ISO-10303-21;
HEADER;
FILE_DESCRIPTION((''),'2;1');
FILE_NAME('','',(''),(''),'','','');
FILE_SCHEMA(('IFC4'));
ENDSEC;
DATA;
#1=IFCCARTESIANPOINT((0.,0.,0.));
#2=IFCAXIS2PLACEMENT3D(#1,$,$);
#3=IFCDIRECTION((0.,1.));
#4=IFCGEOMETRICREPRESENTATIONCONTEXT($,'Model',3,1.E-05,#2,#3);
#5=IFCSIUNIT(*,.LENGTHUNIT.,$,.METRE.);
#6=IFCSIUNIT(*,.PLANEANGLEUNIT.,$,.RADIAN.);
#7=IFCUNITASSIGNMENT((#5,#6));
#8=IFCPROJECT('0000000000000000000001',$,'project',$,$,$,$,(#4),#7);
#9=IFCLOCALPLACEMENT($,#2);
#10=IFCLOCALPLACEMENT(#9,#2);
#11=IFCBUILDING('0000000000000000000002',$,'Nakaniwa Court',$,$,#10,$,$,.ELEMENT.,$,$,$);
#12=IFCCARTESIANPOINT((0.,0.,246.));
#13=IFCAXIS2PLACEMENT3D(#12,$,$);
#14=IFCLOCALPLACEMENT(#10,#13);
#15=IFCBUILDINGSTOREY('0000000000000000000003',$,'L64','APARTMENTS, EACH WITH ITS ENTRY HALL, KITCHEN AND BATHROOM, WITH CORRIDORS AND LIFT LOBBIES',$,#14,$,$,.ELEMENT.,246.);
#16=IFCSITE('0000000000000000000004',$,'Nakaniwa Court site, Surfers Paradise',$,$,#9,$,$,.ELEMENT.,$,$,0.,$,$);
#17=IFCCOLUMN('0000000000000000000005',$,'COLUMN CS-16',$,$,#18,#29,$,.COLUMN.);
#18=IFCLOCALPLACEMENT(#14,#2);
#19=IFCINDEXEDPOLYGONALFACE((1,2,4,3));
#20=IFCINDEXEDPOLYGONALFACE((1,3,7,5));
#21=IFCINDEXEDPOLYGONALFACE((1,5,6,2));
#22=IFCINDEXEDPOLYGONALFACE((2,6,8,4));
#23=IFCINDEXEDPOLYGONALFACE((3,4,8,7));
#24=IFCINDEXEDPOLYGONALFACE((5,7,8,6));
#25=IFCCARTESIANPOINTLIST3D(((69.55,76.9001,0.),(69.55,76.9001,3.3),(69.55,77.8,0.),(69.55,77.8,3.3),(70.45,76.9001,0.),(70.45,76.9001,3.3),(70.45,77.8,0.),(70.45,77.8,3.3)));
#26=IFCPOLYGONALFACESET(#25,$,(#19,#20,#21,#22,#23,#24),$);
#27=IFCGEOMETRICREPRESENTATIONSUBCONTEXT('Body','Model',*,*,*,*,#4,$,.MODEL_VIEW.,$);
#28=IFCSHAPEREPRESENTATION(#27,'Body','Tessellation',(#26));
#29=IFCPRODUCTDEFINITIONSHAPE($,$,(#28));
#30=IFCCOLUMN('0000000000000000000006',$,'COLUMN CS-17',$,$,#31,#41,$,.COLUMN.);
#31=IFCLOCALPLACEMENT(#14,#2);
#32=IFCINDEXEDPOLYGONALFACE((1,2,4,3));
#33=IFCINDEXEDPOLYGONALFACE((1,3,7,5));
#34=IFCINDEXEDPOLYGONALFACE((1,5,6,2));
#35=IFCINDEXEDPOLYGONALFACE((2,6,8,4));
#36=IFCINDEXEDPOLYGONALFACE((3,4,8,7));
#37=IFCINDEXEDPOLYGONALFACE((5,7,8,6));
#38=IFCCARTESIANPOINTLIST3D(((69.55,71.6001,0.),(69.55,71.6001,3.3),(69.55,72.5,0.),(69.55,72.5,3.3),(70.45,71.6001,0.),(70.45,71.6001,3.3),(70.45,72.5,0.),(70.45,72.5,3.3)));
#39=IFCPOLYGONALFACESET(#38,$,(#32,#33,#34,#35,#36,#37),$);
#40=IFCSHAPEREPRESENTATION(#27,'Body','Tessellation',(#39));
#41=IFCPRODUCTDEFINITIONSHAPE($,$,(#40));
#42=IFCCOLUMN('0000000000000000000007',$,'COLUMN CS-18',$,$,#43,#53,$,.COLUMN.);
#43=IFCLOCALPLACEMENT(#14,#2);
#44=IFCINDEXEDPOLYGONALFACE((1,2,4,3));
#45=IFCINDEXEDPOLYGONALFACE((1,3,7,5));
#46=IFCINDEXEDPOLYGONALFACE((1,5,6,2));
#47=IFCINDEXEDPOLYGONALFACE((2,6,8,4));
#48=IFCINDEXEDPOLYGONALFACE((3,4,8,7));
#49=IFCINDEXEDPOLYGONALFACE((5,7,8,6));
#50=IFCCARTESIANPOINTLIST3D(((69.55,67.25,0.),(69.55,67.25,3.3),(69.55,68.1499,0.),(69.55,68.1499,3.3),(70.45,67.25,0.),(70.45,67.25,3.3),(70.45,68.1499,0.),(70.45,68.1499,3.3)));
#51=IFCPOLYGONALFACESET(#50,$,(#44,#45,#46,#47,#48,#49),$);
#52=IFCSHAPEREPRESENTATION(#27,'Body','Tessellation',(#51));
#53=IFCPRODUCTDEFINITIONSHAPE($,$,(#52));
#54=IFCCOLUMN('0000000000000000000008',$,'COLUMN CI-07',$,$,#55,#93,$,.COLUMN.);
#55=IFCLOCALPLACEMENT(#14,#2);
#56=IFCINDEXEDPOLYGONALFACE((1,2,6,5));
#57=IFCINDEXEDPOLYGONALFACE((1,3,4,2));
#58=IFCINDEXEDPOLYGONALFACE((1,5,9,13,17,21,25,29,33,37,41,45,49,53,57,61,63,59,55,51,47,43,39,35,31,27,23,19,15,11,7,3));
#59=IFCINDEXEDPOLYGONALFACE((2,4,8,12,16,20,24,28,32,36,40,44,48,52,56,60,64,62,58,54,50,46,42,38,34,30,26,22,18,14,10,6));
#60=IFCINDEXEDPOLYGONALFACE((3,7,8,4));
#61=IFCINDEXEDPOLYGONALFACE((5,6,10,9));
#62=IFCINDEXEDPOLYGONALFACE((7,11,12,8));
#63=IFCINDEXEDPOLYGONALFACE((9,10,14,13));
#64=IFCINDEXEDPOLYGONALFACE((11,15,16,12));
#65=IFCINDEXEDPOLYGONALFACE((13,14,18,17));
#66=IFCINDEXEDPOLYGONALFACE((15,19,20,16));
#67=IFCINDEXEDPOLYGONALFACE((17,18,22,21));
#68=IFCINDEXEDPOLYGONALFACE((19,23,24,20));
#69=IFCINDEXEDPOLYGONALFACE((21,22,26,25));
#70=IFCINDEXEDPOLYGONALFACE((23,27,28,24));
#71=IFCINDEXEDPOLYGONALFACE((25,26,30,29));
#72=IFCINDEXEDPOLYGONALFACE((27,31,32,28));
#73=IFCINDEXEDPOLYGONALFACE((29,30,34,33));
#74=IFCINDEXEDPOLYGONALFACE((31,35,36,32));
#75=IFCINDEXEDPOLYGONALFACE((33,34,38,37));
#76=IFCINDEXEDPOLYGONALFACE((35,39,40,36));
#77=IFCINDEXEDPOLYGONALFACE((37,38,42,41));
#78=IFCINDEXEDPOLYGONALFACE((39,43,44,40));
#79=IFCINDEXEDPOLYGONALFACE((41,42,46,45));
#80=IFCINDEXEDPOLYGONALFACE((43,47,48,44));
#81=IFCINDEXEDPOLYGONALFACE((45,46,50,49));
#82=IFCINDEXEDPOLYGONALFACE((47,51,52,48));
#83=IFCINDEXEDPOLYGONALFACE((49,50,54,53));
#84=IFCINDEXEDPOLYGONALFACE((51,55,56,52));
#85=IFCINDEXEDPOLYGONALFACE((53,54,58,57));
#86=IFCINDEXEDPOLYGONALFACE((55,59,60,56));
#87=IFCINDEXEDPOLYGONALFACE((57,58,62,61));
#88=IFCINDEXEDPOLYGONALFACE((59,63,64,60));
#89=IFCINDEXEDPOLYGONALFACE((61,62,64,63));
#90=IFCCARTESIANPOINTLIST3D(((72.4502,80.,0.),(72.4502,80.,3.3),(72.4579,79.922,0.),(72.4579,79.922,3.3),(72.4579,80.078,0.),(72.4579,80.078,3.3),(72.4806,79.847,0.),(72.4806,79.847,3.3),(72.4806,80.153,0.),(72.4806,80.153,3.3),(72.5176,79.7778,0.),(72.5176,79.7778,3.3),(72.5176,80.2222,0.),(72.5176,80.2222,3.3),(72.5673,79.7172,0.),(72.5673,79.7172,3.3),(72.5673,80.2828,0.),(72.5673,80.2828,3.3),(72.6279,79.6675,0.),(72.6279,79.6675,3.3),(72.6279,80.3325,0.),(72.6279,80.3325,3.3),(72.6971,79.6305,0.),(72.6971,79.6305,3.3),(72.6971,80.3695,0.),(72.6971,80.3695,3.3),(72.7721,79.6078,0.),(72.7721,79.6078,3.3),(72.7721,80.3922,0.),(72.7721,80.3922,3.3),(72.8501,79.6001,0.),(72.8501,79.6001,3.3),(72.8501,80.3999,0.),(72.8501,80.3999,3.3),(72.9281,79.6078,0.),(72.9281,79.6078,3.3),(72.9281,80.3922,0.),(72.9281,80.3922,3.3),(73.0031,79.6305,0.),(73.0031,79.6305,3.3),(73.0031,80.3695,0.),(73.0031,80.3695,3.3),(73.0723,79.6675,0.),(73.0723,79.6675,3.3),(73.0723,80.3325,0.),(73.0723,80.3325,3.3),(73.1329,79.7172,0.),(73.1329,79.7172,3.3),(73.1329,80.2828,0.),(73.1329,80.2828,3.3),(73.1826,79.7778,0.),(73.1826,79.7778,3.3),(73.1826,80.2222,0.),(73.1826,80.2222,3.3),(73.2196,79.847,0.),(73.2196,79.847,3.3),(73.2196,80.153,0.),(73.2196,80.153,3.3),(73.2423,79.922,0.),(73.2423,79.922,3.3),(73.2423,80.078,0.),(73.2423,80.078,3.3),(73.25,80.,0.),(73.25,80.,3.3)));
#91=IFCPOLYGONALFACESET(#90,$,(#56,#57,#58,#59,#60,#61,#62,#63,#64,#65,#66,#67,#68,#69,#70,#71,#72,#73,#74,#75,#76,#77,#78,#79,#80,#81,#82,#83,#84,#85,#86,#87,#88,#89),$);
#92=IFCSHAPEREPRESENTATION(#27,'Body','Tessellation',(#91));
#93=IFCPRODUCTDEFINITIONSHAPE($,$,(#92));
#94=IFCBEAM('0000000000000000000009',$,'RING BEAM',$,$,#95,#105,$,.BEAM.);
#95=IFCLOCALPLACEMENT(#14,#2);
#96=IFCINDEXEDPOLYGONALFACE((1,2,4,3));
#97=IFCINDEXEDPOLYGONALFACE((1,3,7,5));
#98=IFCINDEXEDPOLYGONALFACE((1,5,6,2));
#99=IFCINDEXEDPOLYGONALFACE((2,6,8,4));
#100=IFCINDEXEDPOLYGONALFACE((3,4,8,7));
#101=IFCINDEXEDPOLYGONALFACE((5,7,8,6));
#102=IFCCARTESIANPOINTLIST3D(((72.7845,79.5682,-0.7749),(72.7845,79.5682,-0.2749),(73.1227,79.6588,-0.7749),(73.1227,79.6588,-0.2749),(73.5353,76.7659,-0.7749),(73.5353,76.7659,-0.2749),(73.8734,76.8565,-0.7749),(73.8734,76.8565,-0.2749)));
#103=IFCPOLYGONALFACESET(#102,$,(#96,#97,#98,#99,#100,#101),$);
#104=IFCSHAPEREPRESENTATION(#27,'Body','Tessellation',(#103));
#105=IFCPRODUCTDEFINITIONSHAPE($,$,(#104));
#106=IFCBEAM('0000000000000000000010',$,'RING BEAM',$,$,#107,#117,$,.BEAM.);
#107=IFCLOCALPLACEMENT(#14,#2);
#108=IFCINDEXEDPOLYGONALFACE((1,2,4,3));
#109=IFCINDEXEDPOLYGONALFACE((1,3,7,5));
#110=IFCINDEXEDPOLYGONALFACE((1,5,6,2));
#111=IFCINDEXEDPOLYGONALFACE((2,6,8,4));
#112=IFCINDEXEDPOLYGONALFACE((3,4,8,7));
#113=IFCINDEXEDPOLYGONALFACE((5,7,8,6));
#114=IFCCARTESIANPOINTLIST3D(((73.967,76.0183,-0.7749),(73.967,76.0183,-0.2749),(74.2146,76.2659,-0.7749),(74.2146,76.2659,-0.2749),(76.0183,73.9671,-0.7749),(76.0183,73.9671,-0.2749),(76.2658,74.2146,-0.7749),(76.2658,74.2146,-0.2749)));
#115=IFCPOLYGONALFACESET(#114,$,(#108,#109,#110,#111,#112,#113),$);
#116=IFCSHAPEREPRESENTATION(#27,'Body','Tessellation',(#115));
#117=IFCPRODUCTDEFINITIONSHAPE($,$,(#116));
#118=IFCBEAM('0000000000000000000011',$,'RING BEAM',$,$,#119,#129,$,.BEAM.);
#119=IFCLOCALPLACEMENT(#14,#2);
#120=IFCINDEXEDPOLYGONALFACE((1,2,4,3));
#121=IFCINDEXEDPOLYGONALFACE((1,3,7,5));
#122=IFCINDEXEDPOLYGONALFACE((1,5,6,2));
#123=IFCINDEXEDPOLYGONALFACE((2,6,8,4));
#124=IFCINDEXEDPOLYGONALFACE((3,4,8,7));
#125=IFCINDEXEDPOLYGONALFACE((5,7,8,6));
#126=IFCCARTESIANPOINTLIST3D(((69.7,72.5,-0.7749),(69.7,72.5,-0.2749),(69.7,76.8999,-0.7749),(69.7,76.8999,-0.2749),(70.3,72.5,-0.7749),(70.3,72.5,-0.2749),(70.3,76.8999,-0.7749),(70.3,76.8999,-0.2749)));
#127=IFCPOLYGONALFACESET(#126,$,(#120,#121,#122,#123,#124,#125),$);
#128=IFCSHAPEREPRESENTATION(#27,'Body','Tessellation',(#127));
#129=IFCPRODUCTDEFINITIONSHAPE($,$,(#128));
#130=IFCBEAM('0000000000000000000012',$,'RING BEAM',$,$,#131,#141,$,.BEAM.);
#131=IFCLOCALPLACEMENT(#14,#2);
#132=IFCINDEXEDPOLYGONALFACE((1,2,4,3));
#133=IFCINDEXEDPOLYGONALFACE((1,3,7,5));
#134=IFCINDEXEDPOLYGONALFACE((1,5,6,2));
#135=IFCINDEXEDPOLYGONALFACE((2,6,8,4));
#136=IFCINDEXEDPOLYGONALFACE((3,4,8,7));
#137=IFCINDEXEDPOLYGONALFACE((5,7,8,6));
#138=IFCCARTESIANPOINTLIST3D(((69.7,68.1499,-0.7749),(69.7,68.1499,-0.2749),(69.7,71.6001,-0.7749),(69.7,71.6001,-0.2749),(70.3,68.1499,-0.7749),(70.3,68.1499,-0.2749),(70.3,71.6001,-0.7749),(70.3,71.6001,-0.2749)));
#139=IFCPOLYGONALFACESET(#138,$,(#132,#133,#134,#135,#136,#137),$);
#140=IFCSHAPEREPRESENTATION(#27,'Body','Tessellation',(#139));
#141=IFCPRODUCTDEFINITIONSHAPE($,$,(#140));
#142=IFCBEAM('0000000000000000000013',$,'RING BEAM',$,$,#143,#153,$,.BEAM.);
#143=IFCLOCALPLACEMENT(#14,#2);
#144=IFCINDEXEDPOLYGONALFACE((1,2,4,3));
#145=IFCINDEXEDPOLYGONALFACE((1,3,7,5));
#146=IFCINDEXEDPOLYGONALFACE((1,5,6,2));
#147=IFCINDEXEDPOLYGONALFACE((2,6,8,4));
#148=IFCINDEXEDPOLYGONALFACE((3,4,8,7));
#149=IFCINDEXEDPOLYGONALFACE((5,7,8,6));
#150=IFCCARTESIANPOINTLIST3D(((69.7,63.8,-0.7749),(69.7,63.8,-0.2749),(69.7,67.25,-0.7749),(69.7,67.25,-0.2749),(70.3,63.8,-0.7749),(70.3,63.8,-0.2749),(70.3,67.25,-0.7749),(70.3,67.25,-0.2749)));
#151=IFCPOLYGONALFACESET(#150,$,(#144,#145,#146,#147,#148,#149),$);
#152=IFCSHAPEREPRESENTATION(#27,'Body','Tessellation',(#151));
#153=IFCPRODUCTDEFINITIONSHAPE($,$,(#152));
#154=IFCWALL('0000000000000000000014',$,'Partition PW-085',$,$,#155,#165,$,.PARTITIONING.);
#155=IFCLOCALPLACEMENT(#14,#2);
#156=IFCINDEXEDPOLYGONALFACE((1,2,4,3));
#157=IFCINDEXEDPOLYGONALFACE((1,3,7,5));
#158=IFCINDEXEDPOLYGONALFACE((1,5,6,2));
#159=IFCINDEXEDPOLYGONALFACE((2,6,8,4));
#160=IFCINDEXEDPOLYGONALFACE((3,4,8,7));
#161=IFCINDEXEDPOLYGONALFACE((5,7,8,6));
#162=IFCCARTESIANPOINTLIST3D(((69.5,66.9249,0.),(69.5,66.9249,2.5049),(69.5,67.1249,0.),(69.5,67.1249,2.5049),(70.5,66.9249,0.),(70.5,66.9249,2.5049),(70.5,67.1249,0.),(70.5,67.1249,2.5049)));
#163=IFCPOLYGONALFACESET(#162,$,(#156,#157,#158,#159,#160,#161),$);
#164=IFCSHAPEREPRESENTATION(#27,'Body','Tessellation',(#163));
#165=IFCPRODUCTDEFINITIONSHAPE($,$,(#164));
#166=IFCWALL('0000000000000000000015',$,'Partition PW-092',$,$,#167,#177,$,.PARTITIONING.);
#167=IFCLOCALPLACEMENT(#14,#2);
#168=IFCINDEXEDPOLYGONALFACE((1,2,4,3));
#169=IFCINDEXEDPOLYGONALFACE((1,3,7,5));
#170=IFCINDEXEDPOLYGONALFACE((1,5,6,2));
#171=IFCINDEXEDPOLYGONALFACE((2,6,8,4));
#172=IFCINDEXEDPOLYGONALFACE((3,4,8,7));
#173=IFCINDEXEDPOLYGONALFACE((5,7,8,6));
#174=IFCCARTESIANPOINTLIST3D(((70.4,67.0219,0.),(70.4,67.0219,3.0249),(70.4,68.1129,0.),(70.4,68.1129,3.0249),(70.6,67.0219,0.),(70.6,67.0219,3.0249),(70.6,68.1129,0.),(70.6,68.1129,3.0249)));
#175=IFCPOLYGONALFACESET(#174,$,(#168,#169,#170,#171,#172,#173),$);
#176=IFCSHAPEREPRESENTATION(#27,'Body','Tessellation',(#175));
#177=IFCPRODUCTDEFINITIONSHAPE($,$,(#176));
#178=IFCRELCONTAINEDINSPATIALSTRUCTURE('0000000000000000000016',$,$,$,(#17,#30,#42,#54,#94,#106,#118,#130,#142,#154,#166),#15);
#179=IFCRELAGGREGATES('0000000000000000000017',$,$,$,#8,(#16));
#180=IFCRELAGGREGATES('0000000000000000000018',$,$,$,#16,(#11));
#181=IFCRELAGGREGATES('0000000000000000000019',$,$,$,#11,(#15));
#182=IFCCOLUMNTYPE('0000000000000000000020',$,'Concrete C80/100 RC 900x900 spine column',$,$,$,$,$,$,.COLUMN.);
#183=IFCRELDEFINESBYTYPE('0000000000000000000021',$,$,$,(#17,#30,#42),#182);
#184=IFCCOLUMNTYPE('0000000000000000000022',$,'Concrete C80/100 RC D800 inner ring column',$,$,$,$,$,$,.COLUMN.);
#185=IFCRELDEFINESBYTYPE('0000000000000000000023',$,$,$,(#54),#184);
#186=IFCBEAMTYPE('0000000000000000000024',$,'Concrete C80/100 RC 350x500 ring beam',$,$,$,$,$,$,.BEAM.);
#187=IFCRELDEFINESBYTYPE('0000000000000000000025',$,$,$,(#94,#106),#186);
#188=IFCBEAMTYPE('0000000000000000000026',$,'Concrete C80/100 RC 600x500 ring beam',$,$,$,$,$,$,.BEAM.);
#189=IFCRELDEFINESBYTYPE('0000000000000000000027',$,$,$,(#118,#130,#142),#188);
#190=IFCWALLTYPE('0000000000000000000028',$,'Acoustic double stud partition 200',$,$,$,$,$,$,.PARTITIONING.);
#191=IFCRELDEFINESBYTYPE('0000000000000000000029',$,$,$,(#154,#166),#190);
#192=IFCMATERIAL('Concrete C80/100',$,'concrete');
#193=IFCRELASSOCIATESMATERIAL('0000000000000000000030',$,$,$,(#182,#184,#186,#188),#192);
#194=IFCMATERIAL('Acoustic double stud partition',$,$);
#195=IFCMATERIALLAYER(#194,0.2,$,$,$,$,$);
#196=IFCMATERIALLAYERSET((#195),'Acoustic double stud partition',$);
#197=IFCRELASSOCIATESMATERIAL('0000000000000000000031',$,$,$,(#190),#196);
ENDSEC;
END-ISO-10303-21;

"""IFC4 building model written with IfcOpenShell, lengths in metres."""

from ifc_helpers import new_model, si_unit, direction, frame, frame_2d, origin, origin_2d, place, context, subcontext, project, spatial, rectangle, circle, extrude, material, layer, layer_set, material_profile, profile_set, type_object, element, save


model = new_model("IFC4")

# Units and contexts
model_context = context("Model", 3, precision=1e-05, world=origin(), true_north=direction((0.0, 1.0)))
body_context = subcontext(model_context, "Body", "Model", "MODEL_VIEW")
ifc_project = project(units=[si_unit("LENGTHUNIT", "METRE"), si_unit("PLANEANGLEUNIT", "RADIAN")], contexts=[model_context])

# Site, building, storey
site_placement = place(None, origin())
site = spatial("IfcSite", under=ifc_project, at=site_placement, Name="Nakaniwa Court site, Surfers Paradise", CompositionType="ELEMENT", RefElevation=0.0)
building_placement = place(site_placement, origin())
building = spatial("IfcBuilding", under=site, at=building_placement, Name="Nakaniwa Court", CompositionType="ELEMENT")
storey_placement = place(building_placement, frame((0.0, 0.0, 246.0)))
storey = spatial("IfcBuildingStorey", under=building, at=storey_placement, Name="L64", Description="APARTMENTS, EACH WITH ITS ENTRY HALL, KITCHEN AND BATHROOM, WITH CORRIDORS AND LIFT LOBBIES", CompositionType="ELEMENT", Elevation=246.0)

# Columns
ifc_material_1 = material(Name="Concrete C80/100", Category="concrete")
ifc_material_profile_1 = material_profile(ifc_material_1, rectangle(XDim=0.8999, YDim=0.8999, at=origin_2d()), Name="Concrete C80/100 RC 900x900 spine column")
ifc_profile_set_1 = profile_set([ifc_material_profile_1], Name="Concrete C80/100")
column_type_1 = type_object("IfcColumnType", Name="Concrete C80/100 RC 900x900 spine column", PredefinedType="COLUMN", material=ifc_profile_set_1)
for number, where, z_axis, x_axis, name in (
    (1, (70.0, 77.3501, 0.0), (0.0, 0.0, 1.0), (0.0, -1.0, 0.0), "COLUMN CS-16"),
    (2, (70.0, 72.05, 0.0), (0.0, 0.0, 1.0), (0.0, -1.0, 0.0), "COLUMN CS-17"),
    (3, (70.0, 67.7, 0.0), (0.0, 0.0, 1.0), (0.0, -1.0, 0.0), "COLUMN CS-18"),
):
    element("IfcColumn", number, at=place(storey_placement, frame(where, z_axis=z_axis, x_axis=x_axis)), inside=storey, type_object=column_type_1, Name=name, PredefinedType="COLUMN", context=body_context, shape_type="SweptSolid", body=[
        extrude(rectangle(XDim=0.8999, YDim=0.8999, at=origin_2d()), origin(), (0.0, 0.0, 1.0), 3.3),
    ])
ifc_material_profile_2 = material_profile(ifc_material_1, circle(Radius=0.3999, at=origin_2d()), Name="Concrete C80/100 RC D800 inner ring column")
ifc_profile_set_2 = profile_set([ifc_material_profile_2], Name="Concrete C80/100")
column_type_2 = type_object("IfcColumnType", Name="Concrete C80/100 RC D800 inner ring column", PredefinedType="COLUMN", material=ifc_profile_set_2)
for number, where, z_axis, x_axis, name in (
    (4, (72.8501, 80.0, 0.0), (0.0, 0.0, 1.0), (0.0, -1.0, 0.0), "COLUMN CI-07"),
):
    element("IfcColumn", number, at=place(storey_placement, frame(where, z_axis=z_axis, x_axis=x_axis)), inside=storey, type_object=column_type_2, Name=name, PredefinedType="COLUMN", context=body_context, shape_type="SweptSolid", body=[
        extrude(circle(Radius=0.3999, at=origin_2d()), origin(), (0.0, 0.0, 1.0), 3.3),
    ])

# Beams
ifc_material_profile_3 = material_profile(ifc_material_1, rectangle(XDim=0.3501, YDim=0.5, at=origin_2d()), Name="Concrete C80/100 RC 350x500 ring beam")
ifc_profile_set_3 = profile_set([ifc_material_profile_3], Name="Concrete C80/100")
beam_type_1 = type_object("IfcBeamType", Name="Concrete C80/100 RC 350x500 ring beam", PredefinedType="BEAM", material=ifc_profile_set_3)
beam_1_placement = place(storey_placement, frame((72.9536, 79.6135, -0.5249), z_axis=(0.258778, -0.965937, 0.0), x_axis=(0.965937, 0.258778, 0.0)))
element("IfcBeam", 5, at=beam_1_placement, inside=storey, type_object=beam_type_1, Name="RING BEAM", PredefinedType="BEAM", context=body_context, shape_type="SweptSolid", body=[
    extrude(rectangle(XDim=0.3501, YDim=0.5, at=origin_2d()), origin(), (0.0, 0.0, 1.0), 2.9011),
])
beam_2_placement = place(storey_placement, frame((74.0908, 76.1421, -0.5249), z_axis=(0.707107, -0.707107, 0.0), x_axis=(0.707107, 0.707107, 0.0)))
element("IfcBeam", 6, at=beam_2_placement, inside=storey, type_object=beam_type_1, Name="RING BEAM", PredefinedType="BEAM", context=body_context, shape_type="SweptSolid", body=[
    extrude(rectangle(XDim=0.3501, YDim=0.5, at=origin_2d()), origin(), (0.0, 0.0, 1.0), 2.9009),
])
ifc_material_profile_4 = material_profile(ifc_material_1, rectangle(XDim=0.6001, YDim=0.5, at=origin_2d()), Name="Concrete C80/100 RC 600x500 ring beam")
ifc_profile_set_4 = profile_set([ifc_material_profile_4], Name="Concrete C80/100")
beam_type_2 = type_object("IfcBeamType", Name="Concrete C80/100 RC 600x500 ring beam", PredefinedType="BEAM", material=ifc_profile_set_4)
beam_3_placement = place(storey_placement, frame((70.0, 76.8999, -0.5249), z_axis=(0.0, -1.0, 0.0), x_axis=(1.0, 0.0, 0.0)))
element("IfcBeam", 7, at=beam_3_placement, inside=storey, type_object=beam_type_2, Name="RING BEAM", PredefinedType="BEAM", context=body_context, shape_type="SweptSolid", body=[
    extrude(rectangle(XDim=0.6001, YDim=0.5, at=origin_2d()), origin(), (0.0, 0.0, 1.0), 4.3999),
])
beam_4_placement = place(storey_placement, frame((70.0, 71.6001, -0.5249), z_axis=(0.0, -1.0, 0.0), x_axis=(1.0, 0.0, 0.0)))
element("IfcBeam", 8, at=beam_4_placement, inside=storey, type_object=beam_type_2, Name="RING BEAM", PredefinedType="BEAM", context=body_context, shape_type="SweptSolid", body=[
    extrude(rectangle(XDim=0.6001, YDim=0.5, at=origin_2d()), origin(), (0.0, 0.0, 1.0), 3.4502),
])
beam_5_placement = place(storey_placement, frame((70.0, 67.25, -0.5249), z_axis=(0.0, -1.0, 0.0), x_axis=(1.0, 0.0, 0.0)))
element("IfcBeam", 9, at=beam_5_placement, inside=storey, type_object=beam_type_2, Name="RING BEAM", PredefinedType="BEAM", context=body_context, shape_type="SweptSolid", body=[
    extrude(rectangle(XDim=0.6001, YDim=0.5, at=origin_2d()), origin(), (0.0, 0.0, 1.0), 3.45),
])

# Walls
ifc_material_2 = material(Name="Acoustic double stud partition")
ifc_layer_1 = layer(ifc_material_2, 0.2)
ifc_layer_set_1 = layer_set([ifc_layer_1], Name="Acoustic double stud partition")
wall_type_1 = type_object("IfcWallType", Name="Acoustic double stud partition 200", PredefinedType="PARTITIONING", material=ifc_layer_set_1)
wall_1_placement = place(storey_placement, frame((69.5, 67.0249, 0.0), z_axis=(0.0, 0.0, 1.0), x_axis=(1.0, 0.0, 0.0)))
element("IfcWall", 10, at=wall_1_placement, inside=storey, type_object=wall_type_1, Name="Partition PW-085", PredefinedType="PARTITIONING", context=body_context, shape_type="SweptSolid", body=[
    extrude(rectangle(XDim=1.0, YDim=0.2, at=frame_2d((0.5, 0.0))), origin(), (0.0, 0.0, 1.0), 2.5049),
])
wall_2_placement = place(storey_placement, frame((70.5, 67.022, 0.0), z_axis=(0.0, 0.0, 1.0), x_axis=(0.0, 1.0, 0.0)))
element("IfcWall", 11, at=wall_2_placement, inside=storey, type_object=wall_type_1, Name="Partition PW-092", PredefinedType="PARTITIONING", context=body_context, shape_type="SweptSolid", body=[
    extrude(rectangle(XDim=1.0911, YDim=0.2, at=frame_2d((0.5454, 0.0))), origin(), (0.0, 0.0, 1.0), 3.0249),
])

save(model, "model.ifc")
